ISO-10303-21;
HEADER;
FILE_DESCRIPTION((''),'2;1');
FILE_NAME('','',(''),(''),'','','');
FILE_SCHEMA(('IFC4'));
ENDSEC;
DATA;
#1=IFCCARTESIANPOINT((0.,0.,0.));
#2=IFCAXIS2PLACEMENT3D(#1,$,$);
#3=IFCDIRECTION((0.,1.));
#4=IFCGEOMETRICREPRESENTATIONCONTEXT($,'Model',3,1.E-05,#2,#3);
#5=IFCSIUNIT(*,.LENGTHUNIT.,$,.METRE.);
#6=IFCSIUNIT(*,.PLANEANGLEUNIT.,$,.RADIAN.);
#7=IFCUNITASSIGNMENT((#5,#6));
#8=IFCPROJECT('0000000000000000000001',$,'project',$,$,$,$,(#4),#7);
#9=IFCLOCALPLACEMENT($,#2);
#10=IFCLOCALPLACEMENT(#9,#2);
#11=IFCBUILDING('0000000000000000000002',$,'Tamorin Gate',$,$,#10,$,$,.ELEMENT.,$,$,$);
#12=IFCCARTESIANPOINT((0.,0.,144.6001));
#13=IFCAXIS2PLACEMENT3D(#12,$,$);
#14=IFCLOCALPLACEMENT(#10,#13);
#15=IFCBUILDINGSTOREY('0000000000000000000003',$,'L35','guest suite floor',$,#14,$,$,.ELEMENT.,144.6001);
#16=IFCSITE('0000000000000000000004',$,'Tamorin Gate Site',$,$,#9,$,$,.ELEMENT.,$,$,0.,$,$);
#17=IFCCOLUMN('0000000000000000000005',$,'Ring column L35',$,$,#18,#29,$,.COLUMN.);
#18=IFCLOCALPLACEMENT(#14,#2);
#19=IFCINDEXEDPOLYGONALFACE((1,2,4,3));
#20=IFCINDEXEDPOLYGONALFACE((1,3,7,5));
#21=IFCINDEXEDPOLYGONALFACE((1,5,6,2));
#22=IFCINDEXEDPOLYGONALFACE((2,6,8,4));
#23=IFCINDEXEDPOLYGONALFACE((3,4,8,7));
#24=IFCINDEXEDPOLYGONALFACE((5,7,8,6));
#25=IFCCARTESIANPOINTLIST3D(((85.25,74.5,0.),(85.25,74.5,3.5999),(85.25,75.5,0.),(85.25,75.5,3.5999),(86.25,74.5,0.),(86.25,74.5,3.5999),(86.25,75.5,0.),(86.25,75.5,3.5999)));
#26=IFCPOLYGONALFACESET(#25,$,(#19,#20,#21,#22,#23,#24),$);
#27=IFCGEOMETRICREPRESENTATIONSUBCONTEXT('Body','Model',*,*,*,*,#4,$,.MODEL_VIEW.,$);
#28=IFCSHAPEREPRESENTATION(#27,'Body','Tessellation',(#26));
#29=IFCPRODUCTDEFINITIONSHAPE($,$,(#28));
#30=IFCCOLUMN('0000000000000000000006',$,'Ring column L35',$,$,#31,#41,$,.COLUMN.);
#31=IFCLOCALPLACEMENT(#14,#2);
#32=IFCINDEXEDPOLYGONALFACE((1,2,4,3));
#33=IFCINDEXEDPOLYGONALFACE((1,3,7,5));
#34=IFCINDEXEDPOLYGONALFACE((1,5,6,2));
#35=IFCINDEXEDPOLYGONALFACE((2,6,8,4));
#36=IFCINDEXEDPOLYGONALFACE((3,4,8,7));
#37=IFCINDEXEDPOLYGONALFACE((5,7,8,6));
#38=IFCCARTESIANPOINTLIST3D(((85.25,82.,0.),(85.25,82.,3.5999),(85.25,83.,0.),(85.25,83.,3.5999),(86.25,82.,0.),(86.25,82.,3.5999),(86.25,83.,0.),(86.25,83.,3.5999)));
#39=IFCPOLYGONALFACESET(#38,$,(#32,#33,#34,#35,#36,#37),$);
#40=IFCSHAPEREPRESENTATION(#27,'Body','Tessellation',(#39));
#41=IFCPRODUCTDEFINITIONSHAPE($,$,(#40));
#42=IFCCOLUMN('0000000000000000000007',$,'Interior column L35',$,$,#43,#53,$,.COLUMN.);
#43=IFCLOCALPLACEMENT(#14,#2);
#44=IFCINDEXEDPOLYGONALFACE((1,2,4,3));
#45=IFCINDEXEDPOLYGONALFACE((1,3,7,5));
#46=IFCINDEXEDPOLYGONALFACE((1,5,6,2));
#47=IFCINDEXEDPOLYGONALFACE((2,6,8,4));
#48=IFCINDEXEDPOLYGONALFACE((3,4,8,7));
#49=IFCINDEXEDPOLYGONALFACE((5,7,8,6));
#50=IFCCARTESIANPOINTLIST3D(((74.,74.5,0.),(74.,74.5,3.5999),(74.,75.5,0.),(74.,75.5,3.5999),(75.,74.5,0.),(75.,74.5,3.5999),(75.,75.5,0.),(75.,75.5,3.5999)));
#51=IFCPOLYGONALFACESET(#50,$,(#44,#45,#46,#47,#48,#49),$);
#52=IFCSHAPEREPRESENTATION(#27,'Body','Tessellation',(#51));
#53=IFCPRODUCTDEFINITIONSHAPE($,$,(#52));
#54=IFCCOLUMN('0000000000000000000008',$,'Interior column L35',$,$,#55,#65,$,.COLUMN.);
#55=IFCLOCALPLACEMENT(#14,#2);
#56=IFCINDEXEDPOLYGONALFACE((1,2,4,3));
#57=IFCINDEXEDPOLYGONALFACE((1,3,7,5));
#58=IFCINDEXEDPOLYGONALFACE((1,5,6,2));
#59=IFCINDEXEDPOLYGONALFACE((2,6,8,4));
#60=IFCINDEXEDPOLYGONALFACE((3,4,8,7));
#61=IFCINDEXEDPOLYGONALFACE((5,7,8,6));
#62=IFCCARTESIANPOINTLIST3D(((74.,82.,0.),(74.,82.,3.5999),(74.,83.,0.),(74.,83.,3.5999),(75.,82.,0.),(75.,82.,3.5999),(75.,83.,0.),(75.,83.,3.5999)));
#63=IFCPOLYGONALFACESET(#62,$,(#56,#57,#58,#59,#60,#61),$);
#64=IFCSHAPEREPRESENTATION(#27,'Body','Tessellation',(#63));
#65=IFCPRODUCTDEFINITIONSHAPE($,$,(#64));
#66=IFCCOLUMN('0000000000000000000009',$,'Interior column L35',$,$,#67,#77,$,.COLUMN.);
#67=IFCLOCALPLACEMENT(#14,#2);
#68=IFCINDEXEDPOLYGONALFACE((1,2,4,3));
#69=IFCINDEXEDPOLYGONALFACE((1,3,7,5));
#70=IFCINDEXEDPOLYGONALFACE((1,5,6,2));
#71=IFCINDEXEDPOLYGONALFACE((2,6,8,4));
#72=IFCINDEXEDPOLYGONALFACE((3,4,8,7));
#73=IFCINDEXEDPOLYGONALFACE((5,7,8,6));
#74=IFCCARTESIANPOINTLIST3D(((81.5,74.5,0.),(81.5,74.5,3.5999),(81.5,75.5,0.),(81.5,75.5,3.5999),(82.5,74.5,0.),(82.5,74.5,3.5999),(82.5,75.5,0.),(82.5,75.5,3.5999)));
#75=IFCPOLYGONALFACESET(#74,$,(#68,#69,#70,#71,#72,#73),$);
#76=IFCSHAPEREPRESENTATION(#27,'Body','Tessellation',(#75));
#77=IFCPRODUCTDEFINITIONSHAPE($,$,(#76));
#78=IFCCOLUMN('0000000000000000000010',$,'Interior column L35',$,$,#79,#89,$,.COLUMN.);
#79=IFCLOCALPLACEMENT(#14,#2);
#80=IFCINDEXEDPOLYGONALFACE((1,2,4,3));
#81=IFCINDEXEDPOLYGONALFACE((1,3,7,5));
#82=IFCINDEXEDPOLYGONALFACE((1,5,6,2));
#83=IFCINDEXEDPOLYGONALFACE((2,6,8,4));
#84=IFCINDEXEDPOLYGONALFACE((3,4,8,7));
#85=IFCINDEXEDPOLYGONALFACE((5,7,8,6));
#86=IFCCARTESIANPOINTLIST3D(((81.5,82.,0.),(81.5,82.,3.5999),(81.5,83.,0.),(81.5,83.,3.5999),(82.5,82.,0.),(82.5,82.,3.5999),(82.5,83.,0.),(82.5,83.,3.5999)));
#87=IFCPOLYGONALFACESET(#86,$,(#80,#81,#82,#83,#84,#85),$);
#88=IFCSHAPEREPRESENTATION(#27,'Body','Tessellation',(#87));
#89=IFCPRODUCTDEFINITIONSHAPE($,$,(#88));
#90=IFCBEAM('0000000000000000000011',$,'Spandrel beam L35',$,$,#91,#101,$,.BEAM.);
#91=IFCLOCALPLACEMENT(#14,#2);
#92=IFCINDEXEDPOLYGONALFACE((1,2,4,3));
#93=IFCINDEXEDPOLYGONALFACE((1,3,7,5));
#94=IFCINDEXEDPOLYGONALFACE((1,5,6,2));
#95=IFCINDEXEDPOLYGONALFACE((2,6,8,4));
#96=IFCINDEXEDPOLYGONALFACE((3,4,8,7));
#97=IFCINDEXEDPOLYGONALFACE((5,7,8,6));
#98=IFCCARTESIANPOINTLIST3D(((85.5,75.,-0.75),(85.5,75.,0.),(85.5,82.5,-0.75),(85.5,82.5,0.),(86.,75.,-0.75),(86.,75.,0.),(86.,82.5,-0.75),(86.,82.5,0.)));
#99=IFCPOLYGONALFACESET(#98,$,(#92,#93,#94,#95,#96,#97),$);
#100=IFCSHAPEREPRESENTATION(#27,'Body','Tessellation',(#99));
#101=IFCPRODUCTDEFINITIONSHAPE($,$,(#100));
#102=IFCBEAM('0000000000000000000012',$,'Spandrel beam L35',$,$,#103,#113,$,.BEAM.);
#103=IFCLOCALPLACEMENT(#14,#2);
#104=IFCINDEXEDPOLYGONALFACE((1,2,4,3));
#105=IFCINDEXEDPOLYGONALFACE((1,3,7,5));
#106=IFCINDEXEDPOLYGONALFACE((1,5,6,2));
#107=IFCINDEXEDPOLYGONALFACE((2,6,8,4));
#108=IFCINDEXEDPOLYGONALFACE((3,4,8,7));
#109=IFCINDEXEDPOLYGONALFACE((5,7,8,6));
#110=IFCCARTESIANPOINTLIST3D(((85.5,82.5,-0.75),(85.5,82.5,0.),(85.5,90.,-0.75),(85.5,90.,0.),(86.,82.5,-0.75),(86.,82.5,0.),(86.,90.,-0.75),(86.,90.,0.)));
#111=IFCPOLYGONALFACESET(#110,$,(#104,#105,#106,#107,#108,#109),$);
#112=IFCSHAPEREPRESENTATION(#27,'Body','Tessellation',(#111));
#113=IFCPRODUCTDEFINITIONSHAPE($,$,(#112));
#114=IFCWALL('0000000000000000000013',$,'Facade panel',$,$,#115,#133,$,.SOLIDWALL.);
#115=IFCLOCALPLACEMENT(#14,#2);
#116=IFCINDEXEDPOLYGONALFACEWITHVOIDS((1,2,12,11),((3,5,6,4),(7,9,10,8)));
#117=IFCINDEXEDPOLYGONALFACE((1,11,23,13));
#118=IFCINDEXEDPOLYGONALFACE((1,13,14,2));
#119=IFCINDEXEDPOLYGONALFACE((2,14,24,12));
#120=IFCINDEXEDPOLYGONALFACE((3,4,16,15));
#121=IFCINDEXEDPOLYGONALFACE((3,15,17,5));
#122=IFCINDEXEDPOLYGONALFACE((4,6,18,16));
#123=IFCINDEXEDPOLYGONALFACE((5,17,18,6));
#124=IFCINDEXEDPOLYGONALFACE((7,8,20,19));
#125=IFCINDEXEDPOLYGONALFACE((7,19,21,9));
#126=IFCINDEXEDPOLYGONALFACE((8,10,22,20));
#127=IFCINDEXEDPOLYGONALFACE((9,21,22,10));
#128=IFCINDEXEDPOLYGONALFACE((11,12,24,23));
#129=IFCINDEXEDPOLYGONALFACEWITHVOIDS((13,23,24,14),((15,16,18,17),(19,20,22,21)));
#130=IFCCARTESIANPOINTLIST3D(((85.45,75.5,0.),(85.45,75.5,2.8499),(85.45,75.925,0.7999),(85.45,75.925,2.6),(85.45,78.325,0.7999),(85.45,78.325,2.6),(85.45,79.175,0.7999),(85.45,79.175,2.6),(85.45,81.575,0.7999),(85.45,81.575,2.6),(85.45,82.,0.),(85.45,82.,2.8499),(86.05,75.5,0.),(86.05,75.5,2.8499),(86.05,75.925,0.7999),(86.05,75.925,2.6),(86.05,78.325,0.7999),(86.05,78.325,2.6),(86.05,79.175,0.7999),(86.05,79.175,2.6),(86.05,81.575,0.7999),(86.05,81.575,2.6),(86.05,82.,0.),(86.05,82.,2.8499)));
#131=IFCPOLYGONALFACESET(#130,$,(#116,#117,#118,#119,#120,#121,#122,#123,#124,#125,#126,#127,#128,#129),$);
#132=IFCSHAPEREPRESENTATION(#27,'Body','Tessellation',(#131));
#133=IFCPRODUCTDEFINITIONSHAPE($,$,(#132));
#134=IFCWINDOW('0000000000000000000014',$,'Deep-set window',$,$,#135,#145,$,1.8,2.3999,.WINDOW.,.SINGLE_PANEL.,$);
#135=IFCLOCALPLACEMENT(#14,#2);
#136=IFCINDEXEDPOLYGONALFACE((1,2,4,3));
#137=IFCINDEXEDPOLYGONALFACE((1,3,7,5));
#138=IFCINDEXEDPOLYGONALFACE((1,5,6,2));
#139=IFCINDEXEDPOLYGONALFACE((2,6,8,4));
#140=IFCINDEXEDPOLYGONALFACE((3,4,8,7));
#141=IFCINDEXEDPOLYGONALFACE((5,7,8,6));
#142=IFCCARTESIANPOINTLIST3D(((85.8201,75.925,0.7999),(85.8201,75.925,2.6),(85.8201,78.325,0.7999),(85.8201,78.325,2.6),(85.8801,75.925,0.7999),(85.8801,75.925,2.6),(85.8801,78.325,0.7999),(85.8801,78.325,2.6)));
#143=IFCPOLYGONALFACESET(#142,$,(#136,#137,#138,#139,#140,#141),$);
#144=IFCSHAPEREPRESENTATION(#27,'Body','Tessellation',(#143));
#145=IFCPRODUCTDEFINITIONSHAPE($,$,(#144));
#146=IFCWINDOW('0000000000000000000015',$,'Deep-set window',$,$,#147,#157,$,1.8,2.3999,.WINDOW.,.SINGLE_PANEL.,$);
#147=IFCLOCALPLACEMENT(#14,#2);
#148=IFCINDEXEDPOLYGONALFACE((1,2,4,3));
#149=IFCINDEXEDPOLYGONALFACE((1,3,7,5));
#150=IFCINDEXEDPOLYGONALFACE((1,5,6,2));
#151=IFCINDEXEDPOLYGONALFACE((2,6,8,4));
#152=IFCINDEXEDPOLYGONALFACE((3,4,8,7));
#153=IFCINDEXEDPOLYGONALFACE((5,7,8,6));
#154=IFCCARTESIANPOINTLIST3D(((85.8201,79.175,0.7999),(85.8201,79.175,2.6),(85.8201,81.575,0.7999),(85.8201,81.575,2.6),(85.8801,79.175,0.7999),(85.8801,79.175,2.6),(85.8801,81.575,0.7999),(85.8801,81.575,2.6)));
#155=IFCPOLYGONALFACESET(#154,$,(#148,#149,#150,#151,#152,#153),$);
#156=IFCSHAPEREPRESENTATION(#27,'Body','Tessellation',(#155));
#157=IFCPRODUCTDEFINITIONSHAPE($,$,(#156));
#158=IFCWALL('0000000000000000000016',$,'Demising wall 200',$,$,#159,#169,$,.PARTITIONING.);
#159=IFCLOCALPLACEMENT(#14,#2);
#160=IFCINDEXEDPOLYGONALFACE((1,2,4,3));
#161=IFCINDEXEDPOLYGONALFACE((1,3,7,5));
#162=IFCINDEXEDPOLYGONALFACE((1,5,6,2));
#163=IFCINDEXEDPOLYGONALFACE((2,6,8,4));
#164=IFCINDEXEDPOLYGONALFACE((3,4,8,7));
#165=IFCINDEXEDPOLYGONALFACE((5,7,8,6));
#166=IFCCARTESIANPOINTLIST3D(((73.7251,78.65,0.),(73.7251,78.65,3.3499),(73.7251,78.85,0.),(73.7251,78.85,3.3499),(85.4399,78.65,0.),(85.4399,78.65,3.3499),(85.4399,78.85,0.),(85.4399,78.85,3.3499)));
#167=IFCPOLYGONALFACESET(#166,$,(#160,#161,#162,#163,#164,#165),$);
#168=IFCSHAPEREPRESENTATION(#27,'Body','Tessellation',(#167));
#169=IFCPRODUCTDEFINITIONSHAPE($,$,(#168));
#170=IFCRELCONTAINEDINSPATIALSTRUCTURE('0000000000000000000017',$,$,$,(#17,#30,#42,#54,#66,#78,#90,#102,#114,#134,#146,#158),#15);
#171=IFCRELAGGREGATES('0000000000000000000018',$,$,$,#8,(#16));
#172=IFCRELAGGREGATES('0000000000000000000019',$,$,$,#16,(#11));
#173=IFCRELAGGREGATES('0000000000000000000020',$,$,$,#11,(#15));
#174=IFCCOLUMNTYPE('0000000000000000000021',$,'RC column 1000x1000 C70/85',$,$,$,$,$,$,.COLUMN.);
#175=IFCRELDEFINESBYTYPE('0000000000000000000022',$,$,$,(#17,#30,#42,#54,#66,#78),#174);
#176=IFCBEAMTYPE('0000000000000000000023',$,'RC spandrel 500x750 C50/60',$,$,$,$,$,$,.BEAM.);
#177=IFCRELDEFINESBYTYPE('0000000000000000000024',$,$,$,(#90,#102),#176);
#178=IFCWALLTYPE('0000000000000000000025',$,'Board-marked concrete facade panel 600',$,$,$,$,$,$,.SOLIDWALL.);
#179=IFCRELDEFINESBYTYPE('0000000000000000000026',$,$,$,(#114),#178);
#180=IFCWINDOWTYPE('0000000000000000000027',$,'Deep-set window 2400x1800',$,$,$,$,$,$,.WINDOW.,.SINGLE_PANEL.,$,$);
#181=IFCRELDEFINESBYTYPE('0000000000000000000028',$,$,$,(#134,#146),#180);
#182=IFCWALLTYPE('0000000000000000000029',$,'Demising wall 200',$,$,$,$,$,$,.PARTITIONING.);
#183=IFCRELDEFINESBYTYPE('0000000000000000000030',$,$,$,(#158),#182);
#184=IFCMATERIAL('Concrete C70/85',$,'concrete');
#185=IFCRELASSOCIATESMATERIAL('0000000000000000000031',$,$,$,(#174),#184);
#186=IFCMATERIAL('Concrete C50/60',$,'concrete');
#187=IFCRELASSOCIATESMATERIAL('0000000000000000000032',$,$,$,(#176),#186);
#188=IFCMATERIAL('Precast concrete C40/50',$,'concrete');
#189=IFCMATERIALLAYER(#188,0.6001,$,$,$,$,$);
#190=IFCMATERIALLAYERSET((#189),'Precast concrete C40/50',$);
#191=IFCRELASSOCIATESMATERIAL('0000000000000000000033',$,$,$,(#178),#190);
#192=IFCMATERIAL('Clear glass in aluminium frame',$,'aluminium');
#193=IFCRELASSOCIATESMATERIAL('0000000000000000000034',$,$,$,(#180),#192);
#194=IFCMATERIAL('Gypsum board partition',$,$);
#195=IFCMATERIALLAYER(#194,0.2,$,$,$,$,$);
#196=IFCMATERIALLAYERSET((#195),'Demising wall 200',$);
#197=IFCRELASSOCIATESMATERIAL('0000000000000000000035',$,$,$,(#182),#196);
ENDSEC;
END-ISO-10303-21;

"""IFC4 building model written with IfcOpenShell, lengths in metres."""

from ifc_helpers import new_model, si_unit, direction, frame, frame_2d, origin, origin_2d, place, context, subcontext, project, spatial, rectangle, extrude, material, layer, layer_set, material_profile, profile_set, type_object, element, fill, save


model = new_model("IFC4")

# Units and contexts
model_context = context("Model", 3, precision=1e-05, world=origin(), true_north=direction((0.0, 1.0)))
body_context = subcontext(model_context, "Body", "Model", "MODEL_VIEW")
ifc_project = project(units=[si_unit("LENGTHUNIT", "METRE"), si_unit("PLANEANGLEUNIT", "RADIAN")], contexts=[model_context])

# Site, building, storey
site_placement = place(None, origin())
site = spatial("IfcSite", under=ifc_project, at=site_placement, Name="Tamorin Gate Site", CompositionType="ELEMENT", RefElevation=0.0)
building_placement = place(site_placement, origin())
building = spatial("IfcBuilding", under=site, at=building_placement, Name="Tamorin Gate", CompositionType="ELEMENT")
storey_placement = place(building_placement, frame((0.0, 0.0, 144.6001)))
storey = spatial("IfcBuildingStorey", under=building, at=storey_placement, Name="L35", Description="guest suite floor", CompositionType="ELEMENT", Elevation=144.6001)

# Columns
ifc_material_1 = material(Name="Concrete C70/85", Category="concrete")
ifc_material_profile_1 = material_profile(ifc_material_1, rectangle(XDim=1.0, YDim=1.0, at=origin_2d()), Name="RC 1000x1000")
ifc_profile_set_1 = profile_set([ifc_material_profile_1], Name="Concrete C70/85")
column_type = type_object("IfcColumnType", Name="RC column 1000x1000 C70/85", PredefinedType="COLUMN", material=ifc_profile_set_1)
for number, where, z_axis, x_axis, name in (
    (1, (85.75, 75.0, 0.0), (0.0, 0.0, 1.0), (1.0, 0.0, 0.0), "Ring column L35"),
    (2, (85.75, 82.5, 0.0), (0.0, 0.0, 1.0), (1.0, 0.0, 0.0), "Ring column L35"),
    (3, (74.5, 75.0, 0.0), (0.0, 0.0, 1.0), (1.0, 0.0, 0.0), "Interior column L35"),
    (4, (74.5, 82.5, 0.0), (0.0, 0.0, 1.0), (1.0, 0.0, 0.0), "Interior column L35"),
    (5, (82.0, 75.0, 0.0), (0.0, 0.0, 1.0), (1.0, 0.0, 0.0), "Interior column L35"),
    (6, (82.0, 82.5, 0.0), (0.0, 0.0, 1.0), (1.0, 0.0, 0.0), "Interior column L35"),
):
    element("IfcColumn", number, at=place(storey_placement, frame(where, z_axis=z_axis, x_axis=x_axis)), inside=storey, type_object=column_type, Name=name, PredefinedType="COLUMN", context=body_context, shape_type="SweptSolid", body=[
        extrude(rectangle(XDim=1.0, YDim=1.0, at=origin_2d()), origin(), (0.0, 0.0, 1.0), 3.5999),
    ])

# Beams
ifc_material_2 = material(Name="Concrete C50/60", Category="concrete")
ifc_material_profile_2 = material_profile(ifc_material_2, rectangle(XDim=0.5, YDim=0.75, at=origin_2d()), Name="RC 500x750")
ifc_profile_set_2 = profile_set([ifc_material_profile_2], Name="Concrete C50/60")
beam_type = type_object("IfcBeamType", Name="RC spandrel 500x750 C50/60", PredefinedType="BEAM", material=ifc_profile_set_2)
for number, where, z_axis, x_axis, name in (
    (7, (85.75, 75.0, -0.375), (0.0, 1.0, 0.0), (-1.0, 0.0, 0.0), "Spandrel beam L35"),
    (8, (85.75, 82.5, -0.375), (0.0, 1.0, 0.0), (-1.0, 0.0, 0.0), "Spandrel beam L35"),
):
    element("IfcBeam", number, at=place(storey_placement, frame(where, z_axis=z_axis, x_axis=x_axis)), inside=storey, type_object=beam_type, Name=name, PredefinedType="BEAM", context=body_context, shape_type="SweptSolid", body=[
        extrude(rectangle(XDim=0.5, YDim=0.75, at=origin_2d()), origin(), (0.0, 0.0, 1.0), 7.5),
    ])

# Wall, openings, windows
ifc_material_3 = material(Name="Precast concrete C40/50", Category="concrete")
ifc_layer_1 = layer(ifc_material_3, 0.6001)
ifc_layer_set_1 = layer_set([ifc_layer_1], Name="Precast concrete C40/50")
wall_type_1 = type_object("IfcWallType", Name="Board-marked concrete facade panel 600", PredefinedType="SOLIDWALL", material=ifc_layer_set_1)
wall_1_placement = place(storey_placement, frame((85.75, 75.5, 0.0), z_axis=(0.0, 0.0, 1.0), x_axis=(0.0, 1.0, 0.0)))
wall_1 = element("IfcWall", 9, at=wall_1_placement, inside=storey, type_object=wall_type_1, Name="Facade panel", PredefinedType="SOLIDWALL", context=body_context, shape_type="SweptSolid", body=[
    extrude(rectangle(XDim=6.5, YDim=0.6001, at=frame_2d((3.25, 0.0))), origin(), (0.0, 0.0, 1.0), 2.8499),
])
opening_1_placement = place(wall_1_placement, frame((0.425, 0.0, 0.8)))
opening_1 = element("IfcOpeningElement", 10, at=opening_1_placement, cuts=wall_1, PredefinedType="OPENING", context=body_context, shape_type="SweptSolid", body=[
    extrude(rectangle(XDim=2.3999, YDim=1.8, at=frame_2d((1.2, 0.8999))), frame((0.0, 0.3101, 0.0), z_axis=(0.0, -1.0, 0.0), x_axis=(1.0, 0.0, 0.0)), (0.0, 0.0, 1.0), 0.6201),
])
opening_2_placement = place(wall_1_placement, frame((3.675, 0.0, 0.8)))
opening_2 = element("IfcOpeningElement", 11, at=opening_2_placement, cuts=wall_1, PredefinedType="OPENING", context=body_context, shape_type="SweptSolid", body=[
    extrude(rectangle(XDim=2.3999, YDim=1.8, at=frame_2d((1.2, 0.8999))), frame((0.0, 0.3101, 0.0), z_axis=(0.0, -1.0, 0.0), x_axis=(1.0, 0.0, 0.0)), (0.0, 0.0, 1.0), 0.6201),
])
ifc_material_4 = material(Name="Clear glass in aluminium frame", Category="aluminium")
window_type = type_object("IfcWindowType", Name="Deep-set window 2400x1800", PartitioningType="SINGLE_PANEL", PredefinedType="WINDOW", material=ifc_material_4)
window_1_placement = place(opening_1_placement, origin())
window_1 = element("IfcWindow", 12, at=window_1_placement, inside=storey, type_object=window_type, Name="Deep-set window", OverallHeight=1.8, OverallWidth=2.3999, PartitioningType="SINGLE_PANEL", PredefinedType="WINDOW", context=body_context, shape_type="SweptSolid", body=[
    extrude(rectangle(XDim=2.3999, YDim=1.8, at=frame_2d((1.2, 0.8999))), frame((0.0, -0.0701, 0.0), z_axis=(0.0, -1.0, 0.0), x_axis=(1.0, 0.0, 0.0)), (0.0, 0.0, 1.0), 0.0601),
])
fill(opening_1, window_1)
window_2_placement = place(opening_2_placement, origin())
window_2 = element("IfcWindow", 13, at=window_2_placement, inside=storey, type_object=window_type, Name="Deep-set window", OverallHeight=1.8, OverallWidth=2.3999, PartitioningType="SINGLE_PANEL", PredefinedType="WINDOW", context=body_context, shape_type="SweptSolid", body=[
    extrude(rectangle(XDim=2.3999, YDim=1.8, at=frame_2d((1.2, 0.8999))), frame((0.0, -0.0701, 0.0), z_axis=(0.0, -1.0, 0.0), x_axis=(1.0, 0.0, 0.0)), (0.0, 0.0, 1.0), 0.0601),
])
fill(opening_2, window_2)

# Wall
ifc_material_5 = material(Name="Gypsum board partition")
ifc_layer_2 = layer(ifc_material_5, 0.2)
ifc_layer_set_2 = layer_set([ifc_layer_2], Name="Demising wall 200")
wall_type_2 = type_object("IfcWallType", Name="Demising wall 200", PredefinedType="PARTITIONING", material=ifc_layer_set_2)
wall_2_placement = place(storey_placement, frame((73.7251, 78.75, 0.0), z_axis=(0.0, 0.0, 1.0), x_axis=(1.0, 0.0, 0.0)))
element("IfcWall", 14, at=wall_2_placement, inside=storey, type_object=wall_type_2, Name="Demising wall 200", PredefinedType="PARTITIONING", context=body_context, shape_type="SweptSolid", body=[
    extrude(rectangle(XDim=11.7148, YDim=0.2, at=frame_2d((5.8574, 0.0))), origin(), (0.0, 0.0, 1.0), 3.3499),
])

save(model, "model.ifc")
